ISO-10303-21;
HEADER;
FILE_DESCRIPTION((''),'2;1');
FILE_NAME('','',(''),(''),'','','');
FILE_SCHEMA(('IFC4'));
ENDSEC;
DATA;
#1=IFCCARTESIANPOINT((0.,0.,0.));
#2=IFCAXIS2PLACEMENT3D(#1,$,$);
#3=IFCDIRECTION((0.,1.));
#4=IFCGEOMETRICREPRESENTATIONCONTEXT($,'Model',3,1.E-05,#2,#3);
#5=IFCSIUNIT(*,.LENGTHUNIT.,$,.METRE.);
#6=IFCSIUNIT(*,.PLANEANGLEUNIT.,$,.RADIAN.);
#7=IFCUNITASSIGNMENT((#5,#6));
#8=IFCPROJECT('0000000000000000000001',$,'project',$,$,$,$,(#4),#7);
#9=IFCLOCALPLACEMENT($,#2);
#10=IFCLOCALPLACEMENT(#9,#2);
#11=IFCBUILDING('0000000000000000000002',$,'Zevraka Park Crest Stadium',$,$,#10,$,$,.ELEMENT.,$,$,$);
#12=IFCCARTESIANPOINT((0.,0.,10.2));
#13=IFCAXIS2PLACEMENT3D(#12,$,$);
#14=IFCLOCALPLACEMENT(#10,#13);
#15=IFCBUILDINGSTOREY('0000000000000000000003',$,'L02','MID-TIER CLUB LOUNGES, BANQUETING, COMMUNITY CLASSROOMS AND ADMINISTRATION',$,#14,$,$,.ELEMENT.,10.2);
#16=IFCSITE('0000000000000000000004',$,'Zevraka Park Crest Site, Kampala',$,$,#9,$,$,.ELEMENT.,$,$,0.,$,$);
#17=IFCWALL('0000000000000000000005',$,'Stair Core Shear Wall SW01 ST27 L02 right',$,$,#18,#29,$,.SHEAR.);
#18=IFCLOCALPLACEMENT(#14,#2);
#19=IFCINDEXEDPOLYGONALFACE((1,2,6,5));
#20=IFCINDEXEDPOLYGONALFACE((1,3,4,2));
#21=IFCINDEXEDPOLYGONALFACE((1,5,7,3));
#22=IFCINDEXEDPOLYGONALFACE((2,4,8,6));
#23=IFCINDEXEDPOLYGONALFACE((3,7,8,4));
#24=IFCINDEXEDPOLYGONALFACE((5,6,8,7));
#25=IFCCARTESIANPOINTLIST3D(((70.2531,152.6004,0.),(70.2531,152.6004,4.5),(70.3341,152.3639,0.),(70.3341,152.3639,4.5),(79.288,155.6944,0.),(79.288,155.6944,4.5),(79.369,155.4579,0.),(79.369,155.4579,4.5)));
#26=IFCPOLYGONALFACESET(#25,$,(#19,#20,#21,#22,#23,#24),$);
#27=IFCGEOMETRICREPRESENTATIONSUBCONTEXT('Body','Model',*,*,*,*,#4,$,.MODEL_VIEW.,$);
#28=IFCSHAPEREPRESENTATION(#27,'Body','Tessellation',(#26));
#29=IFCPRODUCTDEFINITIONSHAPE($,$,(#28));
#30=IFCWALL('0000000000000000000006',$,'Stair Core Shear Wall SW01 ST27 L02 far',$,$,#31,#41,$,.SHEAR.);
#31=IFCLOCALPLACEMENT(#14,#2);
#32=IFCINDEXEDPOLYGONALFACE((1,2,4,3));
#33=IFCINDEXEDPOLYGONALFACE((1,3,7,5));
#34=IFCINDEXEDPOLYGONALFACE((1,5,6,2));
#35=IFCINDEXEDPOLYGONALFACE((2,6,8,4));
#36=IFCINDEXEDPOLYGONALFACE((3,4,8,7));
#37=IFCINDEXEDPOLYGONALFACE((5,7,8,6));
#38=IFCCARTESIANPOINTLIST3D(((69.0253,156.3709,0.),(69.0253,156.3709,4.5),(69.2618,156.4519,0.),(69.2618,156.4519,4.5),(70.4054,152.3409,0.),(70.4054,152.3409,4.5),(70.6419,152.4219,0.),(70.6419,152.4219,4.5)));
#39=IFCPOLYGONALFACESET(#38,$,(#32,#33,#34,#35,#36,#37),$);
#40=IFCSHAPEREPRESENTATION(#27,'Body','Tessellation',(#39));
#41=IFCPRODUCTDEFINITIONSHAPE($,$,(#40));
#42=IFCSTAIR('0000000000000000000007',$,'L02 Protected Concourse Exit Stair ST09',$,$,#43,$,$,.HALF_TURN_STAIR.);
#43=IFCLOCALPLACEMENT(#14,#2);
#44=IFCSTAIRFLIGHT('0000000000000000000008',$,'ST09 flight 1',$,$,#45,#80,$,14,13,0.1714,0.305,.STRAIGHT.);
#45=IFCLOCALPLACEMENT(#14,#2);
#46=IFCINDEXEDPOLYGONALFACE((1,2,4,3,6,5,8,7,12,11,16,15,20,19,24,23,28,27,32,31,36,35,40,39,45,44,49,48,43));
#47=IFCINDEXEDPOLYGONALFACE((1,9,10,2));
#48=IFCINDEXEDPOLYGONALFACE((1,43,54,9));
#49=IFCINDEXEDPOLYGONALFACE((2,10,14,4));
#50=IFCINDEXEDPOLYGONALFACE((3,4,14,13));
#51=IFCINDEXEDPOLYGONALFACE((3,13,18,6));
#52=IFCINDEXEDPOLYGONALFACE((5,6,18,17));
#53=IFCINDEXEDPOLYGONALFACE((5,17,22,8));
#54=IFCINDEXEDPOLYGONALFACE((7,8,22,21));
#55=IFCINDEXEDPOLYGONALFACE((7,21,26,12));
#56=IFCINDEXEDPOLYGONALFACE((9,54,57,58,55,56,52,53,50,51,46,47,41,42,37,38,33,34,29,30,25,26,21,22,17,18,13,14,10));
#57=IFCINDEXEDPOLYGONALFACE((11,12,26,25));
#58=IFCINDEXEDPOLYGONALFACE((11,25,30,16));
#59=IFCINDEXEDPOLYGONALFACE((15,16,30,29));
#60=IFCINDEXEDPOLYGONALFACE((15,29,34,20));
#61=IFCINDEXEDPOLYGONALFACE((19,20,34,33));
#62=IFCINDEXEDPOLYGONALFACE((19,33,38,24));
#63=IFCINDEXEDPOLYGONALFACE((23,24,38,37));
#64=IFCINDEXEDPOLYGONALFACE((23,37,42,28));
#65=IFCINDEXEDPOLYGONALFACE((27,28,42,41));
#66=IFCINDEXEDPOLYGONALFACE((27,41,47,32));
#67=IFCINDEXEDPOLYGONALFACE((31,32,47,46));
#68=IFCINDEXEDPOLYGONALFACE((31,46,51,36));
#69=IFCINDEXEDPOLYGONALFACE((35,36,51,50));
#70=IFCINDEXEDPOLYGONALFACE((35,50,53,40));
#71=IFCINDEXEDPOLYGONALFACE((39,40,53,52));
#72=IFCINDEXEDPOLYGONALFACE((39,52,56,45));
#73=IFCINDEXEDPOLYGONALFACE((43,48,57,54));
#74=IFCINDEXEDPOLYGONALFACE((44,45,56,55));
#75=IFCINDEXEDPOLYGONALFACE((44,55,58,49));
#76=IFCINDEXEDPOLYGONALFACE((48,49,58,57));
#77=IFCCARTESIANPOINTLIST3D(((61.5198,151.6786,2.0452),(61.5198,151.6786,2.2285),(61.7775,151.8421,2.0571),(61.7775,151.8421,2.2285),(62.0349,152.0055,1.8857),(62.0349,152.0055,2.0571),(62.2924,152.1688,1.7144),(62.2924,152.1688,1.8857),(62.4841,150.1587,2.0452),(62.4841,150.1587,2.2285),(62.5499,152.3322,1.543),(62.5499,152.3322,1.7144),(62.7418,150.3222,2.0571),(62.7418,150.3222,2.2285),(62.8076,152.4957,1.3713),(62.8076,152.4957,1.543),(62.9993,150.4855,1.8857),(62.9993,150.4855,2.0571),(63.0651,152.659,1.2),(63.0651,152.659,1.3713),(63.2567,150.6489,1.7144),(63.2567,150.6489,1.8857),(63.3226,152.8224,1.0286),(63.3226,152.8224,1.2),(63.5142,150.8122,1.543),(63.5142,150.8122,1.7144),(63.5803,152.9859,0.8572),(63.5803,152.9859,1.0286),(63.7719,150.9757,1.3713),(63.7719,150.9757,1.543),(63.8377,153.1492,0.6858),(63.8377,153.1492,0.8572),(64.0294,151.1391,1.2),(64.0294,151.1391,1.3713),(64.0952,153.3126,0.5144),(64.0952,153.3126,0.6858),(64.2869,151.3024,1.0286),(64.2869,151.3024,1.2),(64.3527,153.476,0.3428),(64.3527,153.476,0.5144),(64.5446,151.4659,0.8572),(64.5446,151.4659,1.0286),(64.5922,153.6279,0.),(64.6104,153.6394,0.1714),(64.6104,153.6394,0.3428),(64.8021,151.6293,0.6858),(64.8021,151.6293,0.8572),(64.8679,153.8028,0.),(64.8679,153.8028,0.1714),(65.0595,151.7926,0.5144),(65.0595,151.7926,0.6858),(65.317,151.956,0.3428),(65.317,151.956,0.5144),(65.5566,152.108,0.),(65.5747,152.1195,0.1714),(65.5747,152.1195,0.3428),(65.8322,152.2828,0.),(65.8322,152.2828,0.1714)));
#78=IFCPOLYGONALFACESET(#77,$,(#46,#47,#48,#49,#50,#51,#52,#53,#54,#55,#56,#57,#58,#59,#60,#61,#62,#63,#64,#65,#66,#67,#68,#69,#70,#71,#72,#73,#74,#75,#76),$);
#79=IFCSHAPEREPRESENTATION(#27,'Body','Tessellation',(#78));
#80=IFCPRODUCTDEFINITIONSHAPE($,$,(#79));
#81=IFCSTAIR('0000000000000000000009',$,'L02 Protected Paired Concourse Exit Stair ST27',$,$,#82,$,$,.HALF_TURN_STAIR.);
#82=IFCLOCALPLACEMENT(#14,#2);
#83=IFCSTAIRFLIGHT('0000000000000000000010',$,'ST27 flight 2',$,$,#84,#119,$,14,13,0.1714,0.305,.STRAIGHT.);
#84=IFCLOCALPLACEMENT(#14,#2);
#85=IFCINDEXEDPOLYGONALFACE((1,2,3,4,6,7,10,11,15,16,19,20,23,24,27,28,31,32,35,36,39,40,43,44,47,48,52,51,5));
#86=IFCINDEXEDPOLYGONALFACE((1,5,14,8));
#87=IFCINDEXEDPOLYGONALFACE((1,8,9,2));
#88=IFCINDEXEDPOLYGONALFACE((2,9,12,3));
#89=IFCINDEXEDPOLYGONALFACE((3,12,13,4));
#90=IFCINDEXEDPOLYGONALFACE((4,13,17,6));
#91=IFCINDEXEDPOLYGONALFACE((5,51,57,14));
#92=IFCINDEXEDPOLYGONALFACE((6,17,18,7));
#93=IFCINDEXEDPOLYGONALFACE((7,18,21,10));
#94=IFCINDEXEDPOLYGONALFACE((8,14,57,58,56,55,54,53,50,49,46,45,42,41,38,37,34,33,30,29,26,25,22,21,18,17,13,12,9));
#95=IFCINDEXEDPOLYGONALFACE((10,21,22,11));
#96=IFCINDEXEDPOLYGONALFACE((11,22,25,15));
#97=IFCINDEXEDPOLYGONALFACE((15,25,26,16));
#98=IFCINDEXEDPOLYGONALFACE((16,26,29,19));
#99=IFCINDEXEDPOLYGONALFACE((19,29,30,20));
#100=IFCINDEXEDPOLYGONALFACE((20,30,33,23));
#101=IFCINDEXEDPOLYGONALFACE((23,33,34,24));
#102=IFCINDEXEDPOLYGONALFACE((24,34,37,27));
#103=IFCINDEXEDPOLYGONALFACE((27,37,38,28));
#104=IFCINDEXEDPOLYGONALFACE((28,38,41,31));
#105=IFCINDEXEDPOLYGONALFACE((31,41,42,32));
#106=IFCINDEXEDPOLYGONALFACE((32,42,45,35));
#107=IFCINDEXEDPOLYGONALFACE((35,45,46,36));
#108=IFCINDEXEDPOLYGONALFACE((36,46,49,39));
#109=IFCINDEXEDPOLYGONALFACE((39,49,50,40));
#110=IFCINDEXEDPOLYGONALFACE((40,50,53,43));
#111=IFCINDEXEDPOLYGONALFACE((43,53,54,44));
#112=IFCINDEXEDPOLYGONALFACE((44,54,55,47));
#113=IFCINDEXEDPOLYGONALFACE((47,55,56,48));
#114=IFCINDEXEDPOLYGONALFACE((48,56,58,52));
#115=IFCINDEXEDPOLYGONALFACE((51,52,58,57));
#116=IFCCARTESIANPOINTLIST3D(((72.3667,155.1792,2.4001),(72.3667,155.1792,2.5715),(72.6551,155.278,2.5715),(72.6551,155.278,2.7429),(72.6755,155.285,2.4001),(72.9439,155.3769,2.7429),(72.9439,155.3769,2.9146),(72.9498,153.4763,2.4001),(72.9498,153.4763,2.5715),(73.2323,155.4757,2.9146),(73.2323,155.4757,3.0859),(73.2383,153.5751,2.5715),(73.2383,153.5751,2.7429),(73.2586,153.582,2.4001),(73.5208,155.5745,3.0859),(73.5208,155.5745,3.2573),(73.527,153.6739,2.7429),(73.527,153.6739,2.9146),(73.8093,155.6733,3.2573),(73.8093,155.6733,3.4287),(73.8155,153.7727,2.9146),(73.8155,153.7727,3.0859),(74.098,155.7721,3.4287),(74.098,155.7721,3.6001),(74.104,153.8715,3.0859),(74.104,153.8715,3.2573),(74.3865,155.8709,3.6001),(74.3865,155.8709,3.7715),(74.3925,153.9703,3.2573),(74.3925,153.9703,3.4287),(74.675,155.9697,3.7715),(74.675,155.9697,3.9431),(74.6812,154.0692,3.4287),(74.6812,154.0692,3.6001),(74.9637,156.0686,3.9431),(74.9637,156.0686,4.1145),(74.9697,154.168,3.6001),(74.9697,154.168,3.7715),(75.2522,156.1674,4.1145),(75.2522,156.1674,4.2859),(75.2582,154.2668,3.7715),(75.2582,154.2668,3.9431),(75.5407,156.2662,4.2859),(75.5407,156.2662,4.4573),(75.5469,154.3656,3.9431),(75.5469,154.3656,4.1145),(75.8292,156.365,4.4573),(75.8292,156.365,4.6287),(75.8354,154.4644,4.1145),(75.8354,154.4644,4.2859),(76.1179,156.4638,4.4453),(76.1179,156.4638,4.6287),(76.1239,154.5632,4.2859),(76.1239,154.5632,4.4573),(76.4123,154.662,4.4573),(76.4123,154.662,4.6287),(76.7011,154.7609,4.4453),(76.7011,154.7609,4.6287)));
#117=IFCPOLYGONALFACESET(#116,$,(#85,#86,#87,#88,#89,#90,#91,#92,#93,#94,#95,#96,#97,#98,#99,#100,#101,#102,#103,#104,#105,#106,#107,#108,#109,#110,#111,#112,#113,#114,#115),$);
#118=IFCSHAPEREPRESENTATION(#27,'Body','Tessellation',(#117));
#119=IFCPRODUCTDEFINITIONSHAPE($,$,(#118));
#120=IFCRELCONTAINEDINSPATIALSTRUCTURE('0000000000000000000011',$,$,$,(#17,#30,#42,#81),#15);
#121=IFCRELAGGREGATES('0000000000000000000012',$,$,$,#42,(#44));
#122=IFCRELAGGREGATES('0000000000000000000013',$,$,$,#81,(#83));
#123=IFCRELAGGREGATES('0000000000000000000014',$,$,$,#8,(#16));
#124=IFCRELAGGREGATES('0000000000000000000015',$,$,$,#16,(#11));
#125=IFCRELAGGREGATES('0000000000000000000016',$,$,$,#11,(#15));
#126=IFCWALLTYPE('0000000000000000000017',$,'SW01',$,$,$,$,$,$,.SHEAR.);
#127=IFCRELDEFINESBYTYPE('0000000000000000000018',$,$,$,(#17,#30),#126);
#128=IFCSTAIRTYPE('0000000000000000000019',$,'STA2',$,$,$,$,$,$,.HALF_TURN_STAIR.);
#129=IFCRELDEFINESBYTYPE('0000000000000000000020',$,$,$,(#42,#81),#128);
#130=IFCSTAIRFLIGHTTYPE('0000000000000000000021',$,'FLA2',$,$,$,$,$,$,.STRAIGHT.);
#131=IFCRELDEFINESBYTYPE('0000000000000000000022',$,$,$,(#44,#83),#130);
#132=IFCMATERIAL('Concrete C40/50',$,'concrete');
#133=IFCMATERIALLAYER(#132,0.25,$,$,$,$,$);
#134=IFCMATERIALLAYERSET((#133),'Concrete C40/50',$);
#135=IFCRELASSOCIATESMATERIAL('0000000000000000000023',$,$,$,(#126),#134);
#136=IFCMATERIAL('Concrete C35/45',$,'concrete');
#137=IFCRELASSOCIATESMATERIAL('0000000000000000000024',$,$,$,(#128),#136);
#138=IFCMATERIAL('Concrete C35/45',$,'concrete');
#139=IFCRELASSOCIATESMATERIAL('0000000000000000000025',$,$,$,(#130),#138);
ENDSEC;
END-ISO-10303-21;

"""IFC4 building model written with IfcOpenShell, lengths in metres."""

from ifc_helpers import new_model, si_unit, direction, frame, frame_2d, origin, place, context, subcontext, project, spatial, polyline, rectangle, outline, extrude, material, layer, layer_set, type_object, element, aggregate, save


model = new_model("IFC4")

# Units and contexts
model_context = context("Model", 3, precision=1e-05, world=origin(), true_north=direction((0.0, 1.0)))
body_context = subcontext(model_context, "Body", "Model", "MODEL_VIEW")
ifc_project = project(units=[si_unit("LENGTHUNIT", "METRE"), si_unit("PLANEANGLEUNIT", "RADIAN")], contexts=[model_context])

# Site, building, storey
site_placement = place(None, origin())
site = spatial("IfcSite", under=ifc_project, at=site_placement, Name="Zevraka Park Crest Site, Kampala", CompositionType="ELEMENT", RefElevation=0.0)
building_placement = place(site_placement, origin())
building = spatial("IfcBuilding", under=site, at=building_placement, Name="Zevraka Park Crest Stadium", CompositionType="ELEMENT")
storey_placement = place(building_placement, frame((0.0, 0.0, 10.2)))
storey = spatial("IfcBuildingStorey", under=building, at=storey_placement, Name="L02", Description="MID-TIER CLUB LOUNGES, BANQUETING, COMMUNITY CLASSROOMS AND ADMINISTRATION", CompositionType="ELEMENT", Elevation=10.2)

# Walls
ifc_material_1 = material(Name="Concrete C40/50", Category="concrete")
ifc_layer_1 = layer(ifc_material_1, 0.25)
ifc_layer_set_1 = layer_set([ifc_layer_1], Name="Concrete C40/50")
wall_type_1 = type_object("IfcWallType", Name="SW01", PredefinedType="SHEAR", material=ifc_layer_set_1)
for number, where, z_axis, x_axis, name in (
    (1, (70.2937, 152.4822, 0.0), (0.0, 0.0, 1.0), (0.946064, 0.323979, 0.0), "Stair Core Shear Wall SW01 ST27 L02 right"),
):
    element("IfcWall", number, at=place(storey_placement, frame(where, z_axis=z_axis, x_axis=x_axis)), inside=storey, type_object=wall_type_1, Name=name, PredefinedType="SHEAR", context=body_context, shape_type="SweptSolid", body=[
        extrude(rectangle(XDim=9.55, YDim=0.25, at=frame_2d((4.7749, 0.0))), origin(), (0.0, 0.0, 1.0), 4.5),
    ])
wall_1_placement = place(storey_placement, frame((69.1436, 156.4114, 0.0), z_axis=(0.0, 0.0, 1.0), x_axis=(0.323989, -0.946061, 0.0)))
element("IfcWall", 2, at=wall_1_placement, inside=storey, type_object=wall_type_1, Name="Stair Core Shear Wall SW01 ST27 L02 far", PredefinedType="SHEAR", context=body_context, shape_type="SweptSolid", body=[
    extrude(rectangle(XDim=4.2598, YDim=0.25, at=frame_2d((2.1299, 0.0))), origin(), (0.0, 0.0, 1.0), 4.5),
])

# Stairs, stair flights
ifc_material_2 = material(Name="Concrete C35/45", Category="concrete")
stair_type = type_object("IfcStairType", Name="STA2", PredefinedType="HALF_TURN_STAIR", material=ifc_material_2)
stair_1_placement = place(storey_placement, origin())
stair_1 = element("IfcStair", 3, at=stair_1_placement, inside=storey, type_object=stair_type, Name="L02 Protected Concourse Exit Stair ST09", PredefinedType="HALF_TURN_STAIR")
ifc_material_3 = material(Name="Concrete C35/45", Category="concrete")
stair_flight_type = type_object("IfcStairFlightType", Name="FLA2", PredefinedType="STRAIGHT", material=ifc_material_3)
stair_flight_1_placement = place(storey_placement, frame((65.3501, 153.0427, 0.0), z_axis=(0.0, 0.0, 1.0), x_axis=(-0.844397, -0.535718, 0.0)))
stair_flight_1 = element("IfcStairFlight", 4, at=stair_flight_1_placement, type_object=stair_flight_type, Name="ST09 flight 1", NumberOfRisers=14, NumberOfTreads=13, PredefinedType="STRAIGHT", RiserHeight=0.1714, TreadLength=0.305, context=body_context, shape_type="SweptSolid", body=[
    extrude(outline(polyline([(0.0, 0.0), (0.0, 0.1714), (0.3049, 0.1714), (0.3049, 0.3428), (0.6101, 0.3428), (0.6101, 0.5144), (0.915, 0.5144), (0.915, 0.6858), (1.22, 0.6858), (1.22, 0.8572), (1.5249, 0.8572), (1.5249, 1.0286), (1.8301, 1.0286), (1.8301, 1.2), (2.135, 1.2), (2.135, 1.3713), (2.4399, 1.3713), (2.4399, 1.543), (2.7451, 1.543), (2.7451, 1.7144), (3.05, 1.7144), (3.05, 1.8857), (3.355, 1.8857), (3.355, 2.0571), (3.6599, 2.0571), (3.6599, 2.2285), (3.9651, 2.2285), (3.9651, 2.3999), (3.9651, 2.0452), (0.3264, 0.0), (0.0, 0.0)])), frame((0.0, 0.8999, 0.0), z_axis=(0.0, -1.0, 0.0), x_axis=(1.0, 0.0, 0.0)), (0.0, 0.0, 1.0), 1.8),
])
aggregate(stair_1, [stair_flight_1])
stair_2_placement = place(storey_placement, origin())
stair_2 = element("IfcStair", 5, at=stair_2_placement, inside=storey, type_object=stair_type, Name="L02 Protected Paired Concourse Exit Stair ST27", PredefinedType="HALF_TURN_STAIR")
stair_flight_2_placement = place(storey_placement, frame((72.6582, 154.3279, 2.4001), z_axis=(0.0, 0.0, 1.0), x_axis=(0.946066, 0.323974, 0.0)))
stair_flight_2 = element("IfcStairFlight", 6, at=stair_flight_2_placement, type_object=stair_flight_type, Name="ST27 flight 2", NumberOfRisers=14, NumberOfTreads=13, PredefinedType="STRAIGHT", RiserHeight=0.1714, TreadLength=0.305, context=body_context, shape_type="SweptSolid", body=[
    extrude(outline(polyline([(0.0, 0.0), (0.0, 0.1714), (0.3049, 0.1714), (0.3049, 0.3428), (0.6101, 0.3428), (0.6101, 0.5144), (0.915, 0.5144), (0.915, 0.6858), (1.22, 0.6858), (1.22, 0.8572), (1.5249, 0.8572), (1.5249, 1.0286), (1.8301, 1.0286), (1.8301, 1.2), (2.135, 1.2), (2.135, 1.3713), (2.4399, 1.3713), (2.4399, 1.543), (2.7451, 1.543), (2.7451, 1.7144), (3.05, 1.7144), (3.05, 1.8857), (3.355, 1.8857), (3.355, 2.0571), (3.6599, 2.0571), (3.6599, 2.2285), (3.9651, 2.2285), (3.9651, 2.3999), (3.9651, 2.0452), (0.3264, 0.0), (0.0, 0.0)])), frame((0.0, 0.8999, 0.0), z_axis=(0.0, -1.0, 0.0), x_axis=(1.0, 0.0, 0.0)), (0.0, 0.0, 1.0), 1.8),
])
aggregate(stair_2, [stair_flight_2])

save(model, "model.ifc")
